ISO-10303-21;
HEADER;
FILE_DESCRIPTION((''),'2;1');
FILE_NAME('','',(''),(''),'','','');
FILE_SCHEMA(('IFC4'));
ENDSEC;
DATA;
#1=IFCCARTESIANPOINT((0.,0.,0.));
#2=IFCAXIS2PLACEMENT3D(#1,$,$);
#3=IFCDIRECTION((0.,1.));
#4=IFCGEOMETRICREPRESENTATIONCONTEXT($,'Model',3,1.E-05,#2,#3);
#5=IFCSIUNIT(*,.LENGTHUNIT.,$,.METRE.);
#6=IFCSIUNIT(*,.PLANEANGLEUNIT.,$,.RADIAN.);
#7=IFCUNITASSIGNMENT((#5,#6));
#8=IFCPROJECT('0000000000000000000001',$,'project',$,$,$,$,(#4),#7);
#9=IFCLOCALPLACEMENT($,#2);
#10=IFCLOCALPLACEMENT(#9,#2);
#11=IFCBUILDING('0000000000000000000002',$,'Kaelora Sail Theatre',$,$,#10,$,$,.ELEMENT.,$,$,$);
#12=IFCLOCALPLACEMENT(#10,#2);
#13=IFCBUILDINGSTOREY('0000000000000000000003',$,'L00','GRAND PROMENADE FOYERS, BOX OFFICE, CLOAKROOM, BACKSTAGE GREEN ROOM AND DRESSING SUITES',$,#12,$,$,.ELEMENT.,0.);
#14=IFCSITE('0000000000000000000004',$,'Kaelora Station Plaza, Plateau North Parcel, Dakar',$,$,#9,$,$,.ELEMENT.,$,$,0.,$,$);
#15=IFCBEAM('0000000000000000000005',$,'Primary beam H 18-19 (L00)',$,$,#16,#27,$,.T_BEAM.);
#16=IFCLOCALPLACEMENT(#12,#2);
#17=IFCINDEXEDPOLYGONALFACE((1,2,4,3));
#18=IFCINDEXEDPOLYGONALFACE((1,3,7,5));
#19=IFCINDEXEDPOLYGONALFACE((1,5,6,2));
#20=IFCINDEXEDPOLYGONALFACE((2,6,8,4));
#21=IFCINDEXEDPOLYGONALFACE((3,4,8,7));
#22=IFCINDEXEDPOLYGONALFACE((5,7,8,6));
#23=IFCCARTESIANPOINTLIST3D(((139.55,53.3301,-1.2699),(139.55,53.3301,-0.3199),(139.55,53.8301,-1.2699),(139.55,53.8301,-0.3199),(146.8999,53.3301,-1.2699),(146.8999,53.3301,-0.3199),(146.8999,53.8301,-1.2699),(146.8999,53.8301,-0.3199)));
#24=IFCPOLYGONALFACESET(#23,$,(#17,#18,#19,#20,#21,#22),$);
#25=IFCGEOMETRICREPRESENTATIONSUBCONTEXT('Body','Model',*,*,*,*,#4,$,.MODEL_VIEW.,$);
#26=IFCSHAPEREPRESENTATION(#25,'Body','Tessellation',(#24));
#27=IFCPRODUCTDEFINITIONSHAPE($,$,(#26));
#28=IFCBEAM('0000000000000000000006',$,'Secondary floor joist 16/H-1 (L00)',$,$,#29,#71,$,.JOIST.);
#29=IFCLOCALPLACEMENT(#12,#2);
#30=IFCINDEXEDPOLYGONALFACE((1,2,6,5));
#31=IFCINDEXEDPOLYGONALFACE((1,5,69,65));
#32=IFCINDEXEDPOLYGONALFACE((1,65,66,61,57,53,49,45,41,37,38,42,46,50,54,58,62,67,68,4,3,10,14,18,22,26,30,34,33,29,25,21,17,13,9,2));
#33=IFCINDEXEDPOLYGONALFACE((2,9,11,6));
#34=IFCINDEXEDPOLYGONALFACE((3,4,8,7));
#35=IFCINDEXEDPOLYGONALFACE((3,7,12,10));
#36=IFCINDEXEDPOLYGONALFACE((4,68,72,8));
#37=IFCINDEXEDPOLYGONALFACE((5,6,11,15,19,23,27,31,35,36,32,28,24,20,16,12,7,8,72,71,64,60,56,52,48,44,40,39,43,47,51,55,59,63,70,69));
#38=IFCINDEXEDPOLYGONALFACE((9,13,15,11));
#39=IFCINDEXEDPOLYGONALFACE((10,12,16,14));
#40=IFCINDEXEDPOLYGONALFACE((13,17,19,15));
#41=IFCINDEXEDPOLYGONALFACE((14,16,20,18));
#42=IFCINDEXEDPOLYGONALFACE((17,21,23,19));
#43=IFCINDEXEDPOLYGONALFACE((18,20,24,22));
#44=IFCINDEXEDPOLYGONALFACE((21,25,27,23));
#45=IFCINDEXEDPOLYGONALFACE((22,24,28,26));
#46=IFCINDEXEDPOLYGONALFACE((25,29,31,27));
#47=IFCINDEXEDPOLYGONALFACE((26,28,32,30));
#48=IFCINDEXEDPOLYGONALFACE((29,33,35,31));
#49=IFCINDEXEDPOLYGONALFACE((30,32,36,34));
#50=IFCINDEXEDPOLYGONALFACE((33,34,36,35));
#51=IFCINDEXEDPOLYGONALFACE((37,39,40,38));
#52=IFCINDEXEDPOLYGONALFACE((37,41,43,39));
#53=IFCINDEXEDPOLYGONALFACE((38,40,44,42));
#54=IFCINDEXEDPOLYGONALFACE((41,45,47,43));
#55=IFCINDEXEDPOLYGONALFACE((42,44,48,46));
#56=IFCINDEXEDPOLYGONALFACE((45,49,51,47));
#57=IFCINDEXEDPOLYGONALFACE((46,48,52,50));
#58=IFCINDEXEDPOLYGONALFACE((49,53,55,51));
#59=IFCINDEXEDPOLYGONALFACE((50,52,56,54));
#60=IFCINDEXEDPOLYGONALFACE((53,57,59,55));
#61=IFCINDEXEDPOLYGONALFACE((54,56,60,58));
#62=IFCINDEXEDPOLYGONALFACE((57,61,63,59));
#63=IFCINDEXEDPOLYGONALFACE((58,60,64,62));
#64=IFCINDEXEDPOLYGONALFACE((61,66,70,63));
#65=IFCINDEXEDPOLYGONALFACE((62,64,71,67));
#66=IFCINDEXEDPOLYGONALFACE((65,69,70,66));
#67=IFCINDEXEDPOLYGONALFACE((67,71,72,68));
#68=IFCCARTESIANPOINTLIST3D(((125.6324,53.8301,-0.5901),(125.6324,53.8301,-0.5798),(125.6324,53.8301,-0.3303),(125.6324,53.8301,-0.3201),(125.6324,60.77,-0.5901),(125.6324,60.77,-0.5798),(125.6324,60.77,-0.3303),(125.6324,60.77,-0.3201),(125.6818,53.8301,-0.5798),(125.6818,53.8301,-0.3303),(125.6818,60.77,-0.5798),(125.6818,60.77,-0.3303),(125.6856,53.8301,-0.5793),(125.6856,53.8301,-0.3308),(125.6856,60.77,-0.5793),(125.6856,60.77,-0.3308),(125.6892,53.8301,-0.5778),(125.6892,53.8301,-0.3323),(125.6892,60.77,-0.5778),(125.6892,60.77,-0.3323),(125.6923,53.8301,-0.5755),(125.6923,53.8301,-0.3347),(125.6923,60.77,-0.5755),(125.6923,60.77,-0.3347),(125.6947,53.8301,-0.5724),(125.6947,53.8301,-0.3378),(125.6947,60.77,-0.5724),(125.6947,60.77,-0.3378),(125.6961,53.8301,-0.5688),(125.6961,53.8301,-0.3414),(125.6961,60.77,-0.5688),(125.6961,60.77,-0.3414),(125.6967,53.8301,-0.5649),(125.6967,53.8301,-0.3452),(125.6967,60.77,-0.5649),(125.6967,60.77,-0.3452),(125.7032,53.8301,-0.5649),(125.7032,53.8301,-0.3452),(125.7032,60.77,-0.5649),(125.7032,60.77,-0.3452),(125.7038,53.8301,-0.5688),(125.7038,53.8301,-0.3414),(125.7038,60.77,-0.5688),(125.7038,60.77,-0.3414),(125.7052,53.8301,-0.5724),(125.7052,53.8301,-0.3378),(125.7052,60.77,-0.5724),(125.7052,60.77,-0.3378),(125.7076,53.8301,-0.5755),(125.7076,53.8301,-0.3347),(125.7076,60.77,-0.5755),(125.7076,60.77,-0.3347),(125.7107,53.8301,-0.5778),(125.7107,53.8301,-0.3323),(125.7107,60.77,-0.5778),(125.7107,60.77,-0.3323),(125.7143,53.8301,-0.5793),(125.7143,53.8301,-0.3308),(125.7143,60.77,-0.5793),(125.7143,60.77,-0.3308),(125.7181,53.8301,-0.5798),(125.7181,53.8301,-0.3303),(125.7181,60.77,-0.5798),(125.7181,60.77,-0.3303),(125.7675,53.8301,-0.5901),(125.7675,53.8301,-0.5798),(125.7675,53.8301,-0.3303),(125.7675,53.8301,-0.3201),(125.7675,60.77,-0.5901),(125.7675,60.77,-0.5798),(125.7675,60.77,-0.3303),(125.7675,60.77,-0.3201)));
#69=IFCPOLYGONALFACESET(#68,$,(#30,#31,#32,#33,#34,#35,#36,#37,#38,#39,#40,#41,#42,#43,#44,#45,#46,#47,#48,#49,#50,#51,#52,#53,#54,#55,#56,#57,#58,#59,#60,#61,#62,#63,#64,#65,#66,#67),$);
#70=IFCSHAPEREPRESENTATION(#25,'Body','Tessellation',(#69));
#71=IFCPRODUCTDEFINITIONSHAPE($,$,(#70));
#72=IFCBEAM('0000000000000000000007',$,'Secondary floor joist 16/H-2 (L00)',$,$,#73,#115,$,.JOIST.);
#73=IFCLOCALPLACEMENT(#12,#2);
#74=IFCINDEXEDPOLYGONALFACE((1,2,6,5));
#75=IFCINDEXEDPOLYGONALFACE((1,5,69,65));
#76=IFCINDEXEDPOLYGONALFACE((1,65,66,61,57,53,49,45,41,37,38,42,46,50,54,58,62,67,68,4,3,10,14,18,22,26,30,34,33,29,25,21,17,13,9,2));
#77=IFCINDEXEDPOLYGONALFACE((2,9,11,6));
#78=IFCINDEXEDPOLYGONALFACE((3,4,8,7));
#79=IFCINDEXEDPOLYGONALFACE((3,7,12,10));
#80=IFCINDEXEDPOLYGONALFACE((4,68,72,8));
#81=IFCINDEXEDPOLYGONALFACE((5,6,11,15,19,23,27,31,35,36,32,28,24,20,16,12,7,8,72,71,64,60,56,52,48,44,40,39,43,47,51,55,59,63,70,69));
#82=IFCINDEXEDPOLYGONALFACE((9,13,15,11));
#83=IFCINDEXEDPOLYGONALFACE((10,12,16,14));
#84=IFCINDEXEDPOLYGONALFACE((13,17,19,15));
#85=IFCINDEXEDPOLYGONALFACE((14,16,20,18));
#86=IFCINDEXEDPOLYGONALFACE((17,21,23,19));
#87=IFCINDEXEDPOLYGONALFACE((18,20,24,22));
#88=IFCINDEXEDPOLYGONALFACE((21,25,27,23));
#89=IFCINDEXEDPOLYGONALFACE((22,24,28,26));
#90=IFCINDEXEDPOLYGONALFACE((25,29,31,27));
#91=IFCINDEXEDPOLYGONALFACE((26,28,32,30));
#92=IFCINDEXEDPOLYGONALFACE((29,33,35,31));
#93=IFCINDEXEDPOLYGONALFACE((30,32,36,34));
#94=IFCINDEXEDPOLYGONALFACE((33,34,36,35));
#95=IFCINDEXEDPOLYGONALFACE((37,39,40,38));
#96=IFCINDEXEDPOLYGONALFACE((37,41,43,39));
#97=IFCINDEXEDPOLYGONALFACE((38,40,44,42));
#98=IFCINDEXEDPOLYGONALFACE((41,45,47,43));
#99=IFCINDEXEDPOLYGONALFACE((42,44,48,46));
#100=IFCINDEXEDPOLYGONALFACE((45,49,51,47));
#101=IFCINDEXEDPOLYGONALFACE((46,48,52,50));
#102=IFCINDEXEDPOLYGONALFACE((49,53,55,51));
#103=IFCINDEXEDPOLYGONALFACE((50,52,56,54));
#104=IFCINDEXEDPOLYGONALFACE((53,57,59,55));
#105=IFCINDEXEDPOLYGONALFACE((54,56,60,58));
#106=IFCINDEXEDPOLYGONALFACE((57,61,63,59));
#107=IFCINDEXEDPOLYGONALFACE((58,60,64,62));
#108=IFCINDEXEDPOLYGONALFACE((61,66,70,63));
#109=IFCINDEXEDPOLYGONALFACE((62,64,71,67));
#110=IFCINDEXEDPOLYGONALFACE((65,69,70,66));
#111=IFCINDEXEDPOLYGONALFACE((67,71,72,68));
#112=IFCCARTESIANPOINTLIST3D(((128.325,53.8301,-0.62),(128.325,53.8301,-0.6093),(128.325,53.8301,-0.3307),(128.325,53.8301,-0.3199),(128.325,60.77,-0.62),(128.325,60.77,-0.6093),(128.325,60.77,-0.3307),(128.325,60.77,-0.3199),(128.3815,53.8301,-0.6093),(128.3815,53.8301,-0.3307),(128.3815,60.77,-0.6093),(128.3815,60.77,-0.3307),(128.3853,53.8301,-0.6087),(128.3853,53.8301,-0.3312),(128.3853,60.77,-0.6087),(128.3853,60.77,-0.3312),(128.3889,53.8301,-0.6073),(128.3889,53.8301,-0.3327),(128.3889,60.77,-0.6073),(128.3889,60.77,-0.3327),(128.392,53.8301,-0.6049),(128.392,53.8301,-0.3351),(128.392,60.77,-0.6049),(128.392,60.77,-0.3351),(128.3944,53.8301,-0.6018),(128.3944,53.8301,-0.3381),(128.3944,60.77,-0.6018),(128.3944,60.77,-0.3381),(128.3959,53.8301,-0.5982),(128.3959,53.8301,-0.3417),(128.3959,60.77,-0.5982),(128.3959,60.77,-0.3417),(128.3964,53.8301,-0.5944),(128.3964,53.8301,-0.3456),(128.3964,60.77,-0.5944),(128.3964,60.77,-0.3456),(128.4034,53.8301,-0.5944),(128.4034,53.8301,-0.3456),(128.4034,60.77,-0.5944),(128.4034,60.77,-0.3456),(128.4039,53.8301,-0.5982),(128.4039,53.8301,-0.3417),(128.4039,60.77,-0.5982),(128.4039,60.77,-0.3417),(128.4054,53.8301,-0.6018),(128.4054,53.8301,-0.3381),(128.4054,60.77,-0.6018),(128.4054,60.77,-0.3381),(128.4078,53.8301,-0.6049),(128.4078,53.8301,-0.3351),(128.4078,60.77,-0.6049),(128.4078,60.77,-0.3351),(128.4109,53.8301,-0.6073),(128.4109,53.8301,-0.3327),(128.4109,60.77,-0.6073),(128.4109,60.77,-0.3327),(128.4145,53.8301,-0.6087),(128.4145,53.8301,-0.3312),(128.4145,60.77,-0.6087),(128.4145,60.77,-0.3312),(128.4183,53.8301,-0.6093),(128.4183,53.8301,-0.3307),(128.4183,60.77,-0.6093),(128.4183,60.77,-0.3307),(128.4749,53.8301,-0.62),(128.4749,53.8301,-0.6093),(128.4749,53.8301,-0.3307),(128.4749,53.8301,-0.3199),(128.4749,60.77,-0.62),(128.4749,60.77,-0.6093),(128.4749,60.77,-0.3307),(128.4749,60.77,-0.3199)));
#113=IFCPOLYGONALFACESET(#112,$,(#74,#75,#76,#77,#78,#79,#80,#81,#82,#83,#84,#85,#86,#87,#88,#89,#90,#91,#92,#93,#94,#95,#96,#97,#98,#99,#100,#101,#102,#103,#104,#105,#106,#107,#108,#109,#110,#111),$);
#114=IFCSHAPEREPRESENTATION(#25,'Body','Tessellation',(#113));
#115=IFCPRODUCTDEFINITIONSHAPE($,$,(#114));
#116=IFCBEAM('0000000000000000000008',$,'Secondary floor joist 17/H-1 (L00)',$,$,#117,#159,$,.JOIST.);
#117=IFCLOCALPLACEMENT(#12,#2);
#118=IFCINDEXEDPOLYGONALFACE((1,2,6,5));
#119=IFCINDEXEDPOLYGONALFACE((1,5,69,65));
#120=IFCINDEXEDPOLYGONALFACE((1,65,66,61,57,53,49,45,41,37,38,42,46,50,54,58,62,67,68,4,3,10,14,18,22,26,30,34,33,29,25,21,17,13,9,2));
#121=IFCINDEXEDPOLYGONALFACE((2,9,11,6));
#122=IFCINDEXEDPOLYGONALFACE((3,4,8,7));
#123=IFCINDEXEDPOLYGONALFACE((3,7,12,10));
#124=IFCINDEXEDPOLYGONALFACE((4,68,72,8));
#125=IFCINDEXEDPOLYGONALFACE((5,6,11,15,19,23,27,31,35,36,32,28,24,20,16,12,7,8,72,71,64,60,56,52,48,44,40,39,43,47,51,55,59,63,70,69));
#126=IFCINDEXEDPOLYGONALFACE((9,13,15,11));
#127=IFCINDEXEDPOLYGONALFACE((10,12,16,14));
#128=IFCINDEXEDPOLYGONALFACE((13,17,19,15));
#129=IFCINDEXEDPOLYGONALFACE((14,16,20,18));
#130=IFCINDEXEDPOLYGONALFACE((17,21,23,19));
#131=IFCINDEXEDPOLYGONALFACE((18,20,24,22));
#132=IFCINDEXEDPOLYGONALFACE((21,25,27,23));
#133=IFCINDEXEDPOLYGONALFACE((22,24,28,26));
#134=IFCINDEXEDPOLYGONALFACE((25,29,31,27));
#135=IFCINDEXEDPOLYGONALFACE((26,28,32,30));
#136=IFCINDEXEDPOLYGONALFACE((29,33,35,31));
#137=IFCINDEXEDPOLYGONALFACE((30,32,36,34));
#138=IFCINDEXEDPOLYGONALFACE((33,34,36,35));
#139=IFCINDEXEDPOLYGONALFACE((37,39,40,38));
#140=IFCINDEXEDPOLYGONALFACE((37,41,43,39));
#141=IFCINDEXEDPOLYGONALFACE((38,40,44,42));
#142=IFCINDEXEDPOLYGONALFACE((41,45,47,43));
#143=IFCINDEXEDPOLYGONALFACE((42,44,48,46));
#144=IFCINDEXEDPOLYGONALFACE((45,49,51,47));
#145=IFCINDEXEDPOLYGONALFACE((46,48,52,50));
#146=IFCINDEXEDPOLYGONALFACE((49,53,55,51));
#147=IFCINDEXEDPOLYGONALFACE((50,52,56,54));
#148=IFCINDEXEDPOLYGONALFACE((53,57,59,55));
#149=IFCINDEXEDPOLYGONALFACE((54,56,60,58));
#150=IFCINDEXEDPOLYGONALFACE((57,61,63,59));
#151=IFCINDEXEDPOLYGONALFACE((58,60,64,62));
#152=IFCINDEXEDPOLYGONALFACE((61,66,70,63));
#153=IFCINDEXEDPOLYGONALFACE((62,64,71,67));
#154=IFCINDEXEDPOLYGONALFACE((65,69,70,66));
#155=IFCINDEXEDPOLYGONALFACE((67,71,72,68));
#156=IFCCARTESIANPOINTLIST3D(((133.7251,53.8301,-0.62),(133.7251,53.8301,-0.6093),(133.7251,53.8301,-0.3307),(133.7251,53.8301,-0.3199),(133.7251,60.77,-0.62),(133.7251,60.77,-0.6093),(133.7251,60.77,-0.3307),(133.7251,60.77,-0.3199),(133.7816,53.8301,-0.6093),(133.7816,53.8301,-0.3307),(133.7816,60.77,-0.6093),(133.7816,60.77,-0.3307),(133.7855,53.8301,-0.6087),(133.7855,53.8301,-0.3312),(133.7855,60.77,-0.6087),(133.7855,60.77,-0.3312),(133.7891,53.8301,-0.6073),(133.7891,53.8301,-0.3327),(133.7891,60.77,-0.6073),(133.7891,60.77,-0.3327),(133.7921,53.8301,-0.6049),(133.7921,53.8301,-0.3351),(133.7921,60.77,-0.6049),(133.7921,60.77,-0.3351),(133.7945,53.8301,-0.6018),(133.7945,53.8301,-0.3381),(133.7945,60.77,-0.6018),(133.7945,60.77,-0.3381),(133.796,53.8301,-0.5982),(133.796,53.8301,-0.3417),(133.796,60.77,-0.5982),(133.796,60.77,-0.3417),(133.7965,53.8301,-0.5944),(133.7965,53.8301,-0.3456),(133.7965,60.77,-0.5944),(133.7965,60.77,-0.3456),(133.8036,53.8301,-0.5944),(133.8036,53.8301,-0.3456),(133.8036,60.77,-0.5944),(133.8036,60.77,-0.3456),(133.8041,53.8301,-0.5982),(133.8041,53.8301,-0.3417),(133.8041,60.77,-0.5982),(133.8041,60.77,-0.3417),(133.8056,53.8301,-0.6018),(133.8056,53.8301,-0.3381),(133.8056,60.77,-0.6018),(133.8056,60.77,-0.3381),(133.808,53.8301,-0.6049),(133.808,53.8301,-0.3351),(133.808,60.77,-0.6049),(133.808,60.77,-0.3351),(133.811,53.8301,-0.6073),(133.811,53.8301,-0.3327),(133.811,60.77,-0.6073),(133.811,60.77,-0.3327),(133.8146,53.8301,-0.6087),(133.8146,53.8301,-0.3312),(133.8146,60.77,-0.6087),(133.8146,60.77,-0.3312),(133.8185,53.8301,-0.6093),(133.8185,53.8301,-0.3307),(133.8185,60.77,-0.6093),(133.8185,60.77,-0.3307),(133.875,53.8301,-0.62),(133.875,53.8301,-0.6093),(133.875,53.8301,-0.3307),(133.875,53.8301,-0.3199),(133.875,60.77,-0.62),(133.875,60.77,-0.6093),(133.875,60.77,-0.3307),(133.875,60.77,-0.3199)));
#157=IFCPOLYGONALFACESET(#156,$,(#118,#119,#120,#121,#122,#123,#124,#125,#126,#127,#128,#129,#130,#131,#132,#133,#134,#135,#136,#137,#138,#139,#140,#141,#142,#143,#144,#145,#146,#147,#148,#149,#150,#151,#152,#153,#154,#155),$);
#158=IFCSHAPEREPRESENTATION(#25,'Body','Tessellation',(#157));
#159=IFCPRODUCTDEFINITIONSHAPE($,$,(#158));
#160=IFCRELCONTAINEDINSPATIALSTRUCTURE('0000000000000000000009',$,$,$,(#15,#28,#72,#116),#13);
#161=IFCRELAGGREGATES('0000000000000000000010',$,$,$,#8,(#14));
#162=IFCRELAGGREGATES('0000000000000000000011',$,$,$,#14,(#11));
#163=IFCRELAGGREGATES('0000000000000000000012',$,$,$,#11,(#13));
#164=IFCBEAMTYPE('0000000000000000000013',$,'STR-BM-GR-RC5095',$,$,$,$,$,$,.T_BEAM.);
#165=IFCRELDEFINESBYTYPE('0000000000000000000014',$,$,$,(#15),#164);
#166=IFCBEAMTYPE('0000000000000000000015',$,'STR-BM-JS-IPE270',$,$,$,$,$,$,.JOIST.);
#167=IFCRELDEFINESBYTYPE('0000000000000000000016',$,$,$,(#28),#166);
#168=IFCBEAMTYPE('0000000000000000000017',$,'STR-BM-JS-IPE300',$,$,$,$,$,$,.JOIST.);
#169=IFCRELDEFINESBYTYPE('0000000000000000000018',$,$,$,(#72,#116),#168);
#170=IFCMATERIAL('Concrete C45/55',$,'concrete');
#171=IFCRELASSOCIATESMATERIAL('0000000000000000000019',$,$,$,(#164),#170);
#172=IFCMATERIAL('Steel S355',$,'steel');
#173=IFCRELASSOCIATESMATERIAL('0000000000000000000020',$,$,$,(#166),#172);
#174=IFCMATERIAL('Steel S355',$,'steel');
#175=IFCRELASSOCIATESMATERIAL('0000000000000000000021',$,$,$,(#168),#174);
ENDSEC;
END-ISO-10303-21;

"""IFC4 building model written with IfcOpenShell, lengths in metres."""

from ifc_helpers import new_model, si_unit, direction, frame, origin, origin_2d, place, context, subcontext, project, spatial, rectangle, i_section, extrude, material, material_profile, profile_set, type_object, element, save


model = new_model("IFC4")

# Units and contexts
model_context = context("Model", 3, precision=1e-05, world=origin(), true_north=direction((0.0, 1.0)))
body_context = subcontext(model_context, "Body", "Model", "MODEL_VIEW")
ifc_project = project(units=[si_unit("LENGTHUNIT", "METRE"), si_unit("PLANEANGLEUNIT", "RADIAN")], contexts=[model_context])

# Site, building, storey
site_placement = place(None, origin())
site = spatial("IfcSite", under=ifc_project, at=site_placement, Name="Kaelora Station Plaza, Plateau North Parcel, Dakar", CompositionType="ELEMENT", RefElevation=0.0)
building_placement = place(site_placement, origin())
building = spatial("IfcBuilding", under=site, at=building_placement, Name="Kaelora Sail Theatre", CompositionType="ELEMENT")
storey_placement = place(building_placement, origin())
storey = spatial("IfcBuildingStorey", under=building, at=storey_placement, Name="L00", Description="GRAND PROMENADE FOYERS, BOX OFFICE, CLOAKROOM, BACKSTAGE GREEN ROOM AND DRESSING SUITES", CompositionType="ELEMENT", Elevation=0.0)

# Beams
ifc_material_1 = material(Name="Concrete C45/55", Category="concrete")
ifc_material_profile_1 = material_profile(ifc_material_1, rectangle(XDim=0.5, YDim=0.95, at=origin_2d()), Name="RC-GRD 500x950")
ifc_profile_set_1 = profile_set([ifc_material_profile_1], Name="Concrete C45/55")
beam_type_1 = type_object("IfcBeamType", Name="STR-BM-GR-RC5095", PredefinedType="T_BEAM", material=ifc_profile_set_1)
beam_1_placement = place(storey_placement, frame((139.55, 53.5801, -0.7949), z_axis=(1.0, 0.0, 0.0), x_axis=(0.0, 1.0, 0.0)))
element("IfcBeam", 1, at=beam_1_placement, inside=storey, type_object=beam_type_1, Name="Primary beam H 18-19 (L00)", PredefinedType="T_BEAM", context=body_context, shape_type="SweptSolid", body=[
    extrude(rectangle(XDim=0.5, YDim=0.95, at=origin_2d()), origin(), (0.0, 0.0, 1.0), 7.3499),
])
ifc_material_2 = material(Name="Steel S355", Category="steel")
ifc_material_profile_2 = material_profile(ifc_material_2, i_section(OverallWidth=0.135, OverallDepth=0.27, WebThickness=0.0066, FlangeThickness=0.0103, FilletRadius=0.0149, at=origin_2d()), Name="IPE 270")
ifc_profile_set_2 = profile_set([ifc_material_profile_2], Name="Steel S355")
beam_type_2 = type_object("IfcBeamType", Name="STR-BM-JS-IPE270", PredefinedType="JOIST", material=ifc_profile_set_2)
beam_2_placement = place(storey_placement, frame((125.7, 53.8301, -0.4551), z_axis=(0.0, 1.0, 0.0), x_axis=(-1.0, 0.0, 0.0)))
element("IfcBeam", 2, at=beam_2_placement, inside=storey, type_object=beam_type_2, Name="Secondary floor joist 16/H-1 (L00)", PredefinedType="JOIST", context=body_context, shape_type="SweptSolid", body=[
    extrude(i_section(OverallWidth=0.135, OverallDepth=0.27, WebThickness=0.0066, FlangeThickness=0.0103, FilletRadius=0.0149, at=origin_2d()), origin(), (0.0, 0.0, 1.0), 6.9399),
])
ifc_material_3 = material(Name="Steel S355", Category="steel")
ifc_material_profile_3 = material_profile(ifc_material_3, i_section(OverallWidth=0.1499, OverallDepth=0.3, WebThickness=0.0071, FlangeThickness=0.0107, FilletRadius=0.0149, at=origin_2d()), Name="IPE 300")
ifc_profile_set_3 = profile_set([ifc_material_profile_3], Name="Steel S355")
beam_type_3 = type_object("IfcBeamType", Name="STR-BM-JS-IPE300", PredefinedType="JOIST", material=ifc_profile_set_3)
for number, where, z_axis, x_axis, name in (
    (3, (128.3999, 53.8301, -0.47), (0.0, 1.0, 0.0), (-1.0, 0.0, 0.0), "Secondary floor joist 16/H-2 (L00)"),
    (4, (133.8, 53.8301, -0.47), (0.0, 1.0, 0.0), (-1.0, 0.0, 0.0), "Secondary floor joist 17/H-1 (L00)"),
):
    element("IfcBeam", number, at=place(storey_placement, frame(where, z_axis=z_axis, x_axis=x_axis)), inside=storey, type_object=beam_type_3, Name=name, PredefinedType="JOIST", context=body_context, shape_type="SweptSolid", body=[
        extrude(i_section(OverallWidth=0.1499, OverallDepth=0.3, WebThickness=0.0071, FlangeThickness=0.0107, FilletRadius=0.0149, at=origin_2d()), origin(), (0.0, 0.0, 1.0), 6.9399),
    ])

save(model, "model.ifc")
